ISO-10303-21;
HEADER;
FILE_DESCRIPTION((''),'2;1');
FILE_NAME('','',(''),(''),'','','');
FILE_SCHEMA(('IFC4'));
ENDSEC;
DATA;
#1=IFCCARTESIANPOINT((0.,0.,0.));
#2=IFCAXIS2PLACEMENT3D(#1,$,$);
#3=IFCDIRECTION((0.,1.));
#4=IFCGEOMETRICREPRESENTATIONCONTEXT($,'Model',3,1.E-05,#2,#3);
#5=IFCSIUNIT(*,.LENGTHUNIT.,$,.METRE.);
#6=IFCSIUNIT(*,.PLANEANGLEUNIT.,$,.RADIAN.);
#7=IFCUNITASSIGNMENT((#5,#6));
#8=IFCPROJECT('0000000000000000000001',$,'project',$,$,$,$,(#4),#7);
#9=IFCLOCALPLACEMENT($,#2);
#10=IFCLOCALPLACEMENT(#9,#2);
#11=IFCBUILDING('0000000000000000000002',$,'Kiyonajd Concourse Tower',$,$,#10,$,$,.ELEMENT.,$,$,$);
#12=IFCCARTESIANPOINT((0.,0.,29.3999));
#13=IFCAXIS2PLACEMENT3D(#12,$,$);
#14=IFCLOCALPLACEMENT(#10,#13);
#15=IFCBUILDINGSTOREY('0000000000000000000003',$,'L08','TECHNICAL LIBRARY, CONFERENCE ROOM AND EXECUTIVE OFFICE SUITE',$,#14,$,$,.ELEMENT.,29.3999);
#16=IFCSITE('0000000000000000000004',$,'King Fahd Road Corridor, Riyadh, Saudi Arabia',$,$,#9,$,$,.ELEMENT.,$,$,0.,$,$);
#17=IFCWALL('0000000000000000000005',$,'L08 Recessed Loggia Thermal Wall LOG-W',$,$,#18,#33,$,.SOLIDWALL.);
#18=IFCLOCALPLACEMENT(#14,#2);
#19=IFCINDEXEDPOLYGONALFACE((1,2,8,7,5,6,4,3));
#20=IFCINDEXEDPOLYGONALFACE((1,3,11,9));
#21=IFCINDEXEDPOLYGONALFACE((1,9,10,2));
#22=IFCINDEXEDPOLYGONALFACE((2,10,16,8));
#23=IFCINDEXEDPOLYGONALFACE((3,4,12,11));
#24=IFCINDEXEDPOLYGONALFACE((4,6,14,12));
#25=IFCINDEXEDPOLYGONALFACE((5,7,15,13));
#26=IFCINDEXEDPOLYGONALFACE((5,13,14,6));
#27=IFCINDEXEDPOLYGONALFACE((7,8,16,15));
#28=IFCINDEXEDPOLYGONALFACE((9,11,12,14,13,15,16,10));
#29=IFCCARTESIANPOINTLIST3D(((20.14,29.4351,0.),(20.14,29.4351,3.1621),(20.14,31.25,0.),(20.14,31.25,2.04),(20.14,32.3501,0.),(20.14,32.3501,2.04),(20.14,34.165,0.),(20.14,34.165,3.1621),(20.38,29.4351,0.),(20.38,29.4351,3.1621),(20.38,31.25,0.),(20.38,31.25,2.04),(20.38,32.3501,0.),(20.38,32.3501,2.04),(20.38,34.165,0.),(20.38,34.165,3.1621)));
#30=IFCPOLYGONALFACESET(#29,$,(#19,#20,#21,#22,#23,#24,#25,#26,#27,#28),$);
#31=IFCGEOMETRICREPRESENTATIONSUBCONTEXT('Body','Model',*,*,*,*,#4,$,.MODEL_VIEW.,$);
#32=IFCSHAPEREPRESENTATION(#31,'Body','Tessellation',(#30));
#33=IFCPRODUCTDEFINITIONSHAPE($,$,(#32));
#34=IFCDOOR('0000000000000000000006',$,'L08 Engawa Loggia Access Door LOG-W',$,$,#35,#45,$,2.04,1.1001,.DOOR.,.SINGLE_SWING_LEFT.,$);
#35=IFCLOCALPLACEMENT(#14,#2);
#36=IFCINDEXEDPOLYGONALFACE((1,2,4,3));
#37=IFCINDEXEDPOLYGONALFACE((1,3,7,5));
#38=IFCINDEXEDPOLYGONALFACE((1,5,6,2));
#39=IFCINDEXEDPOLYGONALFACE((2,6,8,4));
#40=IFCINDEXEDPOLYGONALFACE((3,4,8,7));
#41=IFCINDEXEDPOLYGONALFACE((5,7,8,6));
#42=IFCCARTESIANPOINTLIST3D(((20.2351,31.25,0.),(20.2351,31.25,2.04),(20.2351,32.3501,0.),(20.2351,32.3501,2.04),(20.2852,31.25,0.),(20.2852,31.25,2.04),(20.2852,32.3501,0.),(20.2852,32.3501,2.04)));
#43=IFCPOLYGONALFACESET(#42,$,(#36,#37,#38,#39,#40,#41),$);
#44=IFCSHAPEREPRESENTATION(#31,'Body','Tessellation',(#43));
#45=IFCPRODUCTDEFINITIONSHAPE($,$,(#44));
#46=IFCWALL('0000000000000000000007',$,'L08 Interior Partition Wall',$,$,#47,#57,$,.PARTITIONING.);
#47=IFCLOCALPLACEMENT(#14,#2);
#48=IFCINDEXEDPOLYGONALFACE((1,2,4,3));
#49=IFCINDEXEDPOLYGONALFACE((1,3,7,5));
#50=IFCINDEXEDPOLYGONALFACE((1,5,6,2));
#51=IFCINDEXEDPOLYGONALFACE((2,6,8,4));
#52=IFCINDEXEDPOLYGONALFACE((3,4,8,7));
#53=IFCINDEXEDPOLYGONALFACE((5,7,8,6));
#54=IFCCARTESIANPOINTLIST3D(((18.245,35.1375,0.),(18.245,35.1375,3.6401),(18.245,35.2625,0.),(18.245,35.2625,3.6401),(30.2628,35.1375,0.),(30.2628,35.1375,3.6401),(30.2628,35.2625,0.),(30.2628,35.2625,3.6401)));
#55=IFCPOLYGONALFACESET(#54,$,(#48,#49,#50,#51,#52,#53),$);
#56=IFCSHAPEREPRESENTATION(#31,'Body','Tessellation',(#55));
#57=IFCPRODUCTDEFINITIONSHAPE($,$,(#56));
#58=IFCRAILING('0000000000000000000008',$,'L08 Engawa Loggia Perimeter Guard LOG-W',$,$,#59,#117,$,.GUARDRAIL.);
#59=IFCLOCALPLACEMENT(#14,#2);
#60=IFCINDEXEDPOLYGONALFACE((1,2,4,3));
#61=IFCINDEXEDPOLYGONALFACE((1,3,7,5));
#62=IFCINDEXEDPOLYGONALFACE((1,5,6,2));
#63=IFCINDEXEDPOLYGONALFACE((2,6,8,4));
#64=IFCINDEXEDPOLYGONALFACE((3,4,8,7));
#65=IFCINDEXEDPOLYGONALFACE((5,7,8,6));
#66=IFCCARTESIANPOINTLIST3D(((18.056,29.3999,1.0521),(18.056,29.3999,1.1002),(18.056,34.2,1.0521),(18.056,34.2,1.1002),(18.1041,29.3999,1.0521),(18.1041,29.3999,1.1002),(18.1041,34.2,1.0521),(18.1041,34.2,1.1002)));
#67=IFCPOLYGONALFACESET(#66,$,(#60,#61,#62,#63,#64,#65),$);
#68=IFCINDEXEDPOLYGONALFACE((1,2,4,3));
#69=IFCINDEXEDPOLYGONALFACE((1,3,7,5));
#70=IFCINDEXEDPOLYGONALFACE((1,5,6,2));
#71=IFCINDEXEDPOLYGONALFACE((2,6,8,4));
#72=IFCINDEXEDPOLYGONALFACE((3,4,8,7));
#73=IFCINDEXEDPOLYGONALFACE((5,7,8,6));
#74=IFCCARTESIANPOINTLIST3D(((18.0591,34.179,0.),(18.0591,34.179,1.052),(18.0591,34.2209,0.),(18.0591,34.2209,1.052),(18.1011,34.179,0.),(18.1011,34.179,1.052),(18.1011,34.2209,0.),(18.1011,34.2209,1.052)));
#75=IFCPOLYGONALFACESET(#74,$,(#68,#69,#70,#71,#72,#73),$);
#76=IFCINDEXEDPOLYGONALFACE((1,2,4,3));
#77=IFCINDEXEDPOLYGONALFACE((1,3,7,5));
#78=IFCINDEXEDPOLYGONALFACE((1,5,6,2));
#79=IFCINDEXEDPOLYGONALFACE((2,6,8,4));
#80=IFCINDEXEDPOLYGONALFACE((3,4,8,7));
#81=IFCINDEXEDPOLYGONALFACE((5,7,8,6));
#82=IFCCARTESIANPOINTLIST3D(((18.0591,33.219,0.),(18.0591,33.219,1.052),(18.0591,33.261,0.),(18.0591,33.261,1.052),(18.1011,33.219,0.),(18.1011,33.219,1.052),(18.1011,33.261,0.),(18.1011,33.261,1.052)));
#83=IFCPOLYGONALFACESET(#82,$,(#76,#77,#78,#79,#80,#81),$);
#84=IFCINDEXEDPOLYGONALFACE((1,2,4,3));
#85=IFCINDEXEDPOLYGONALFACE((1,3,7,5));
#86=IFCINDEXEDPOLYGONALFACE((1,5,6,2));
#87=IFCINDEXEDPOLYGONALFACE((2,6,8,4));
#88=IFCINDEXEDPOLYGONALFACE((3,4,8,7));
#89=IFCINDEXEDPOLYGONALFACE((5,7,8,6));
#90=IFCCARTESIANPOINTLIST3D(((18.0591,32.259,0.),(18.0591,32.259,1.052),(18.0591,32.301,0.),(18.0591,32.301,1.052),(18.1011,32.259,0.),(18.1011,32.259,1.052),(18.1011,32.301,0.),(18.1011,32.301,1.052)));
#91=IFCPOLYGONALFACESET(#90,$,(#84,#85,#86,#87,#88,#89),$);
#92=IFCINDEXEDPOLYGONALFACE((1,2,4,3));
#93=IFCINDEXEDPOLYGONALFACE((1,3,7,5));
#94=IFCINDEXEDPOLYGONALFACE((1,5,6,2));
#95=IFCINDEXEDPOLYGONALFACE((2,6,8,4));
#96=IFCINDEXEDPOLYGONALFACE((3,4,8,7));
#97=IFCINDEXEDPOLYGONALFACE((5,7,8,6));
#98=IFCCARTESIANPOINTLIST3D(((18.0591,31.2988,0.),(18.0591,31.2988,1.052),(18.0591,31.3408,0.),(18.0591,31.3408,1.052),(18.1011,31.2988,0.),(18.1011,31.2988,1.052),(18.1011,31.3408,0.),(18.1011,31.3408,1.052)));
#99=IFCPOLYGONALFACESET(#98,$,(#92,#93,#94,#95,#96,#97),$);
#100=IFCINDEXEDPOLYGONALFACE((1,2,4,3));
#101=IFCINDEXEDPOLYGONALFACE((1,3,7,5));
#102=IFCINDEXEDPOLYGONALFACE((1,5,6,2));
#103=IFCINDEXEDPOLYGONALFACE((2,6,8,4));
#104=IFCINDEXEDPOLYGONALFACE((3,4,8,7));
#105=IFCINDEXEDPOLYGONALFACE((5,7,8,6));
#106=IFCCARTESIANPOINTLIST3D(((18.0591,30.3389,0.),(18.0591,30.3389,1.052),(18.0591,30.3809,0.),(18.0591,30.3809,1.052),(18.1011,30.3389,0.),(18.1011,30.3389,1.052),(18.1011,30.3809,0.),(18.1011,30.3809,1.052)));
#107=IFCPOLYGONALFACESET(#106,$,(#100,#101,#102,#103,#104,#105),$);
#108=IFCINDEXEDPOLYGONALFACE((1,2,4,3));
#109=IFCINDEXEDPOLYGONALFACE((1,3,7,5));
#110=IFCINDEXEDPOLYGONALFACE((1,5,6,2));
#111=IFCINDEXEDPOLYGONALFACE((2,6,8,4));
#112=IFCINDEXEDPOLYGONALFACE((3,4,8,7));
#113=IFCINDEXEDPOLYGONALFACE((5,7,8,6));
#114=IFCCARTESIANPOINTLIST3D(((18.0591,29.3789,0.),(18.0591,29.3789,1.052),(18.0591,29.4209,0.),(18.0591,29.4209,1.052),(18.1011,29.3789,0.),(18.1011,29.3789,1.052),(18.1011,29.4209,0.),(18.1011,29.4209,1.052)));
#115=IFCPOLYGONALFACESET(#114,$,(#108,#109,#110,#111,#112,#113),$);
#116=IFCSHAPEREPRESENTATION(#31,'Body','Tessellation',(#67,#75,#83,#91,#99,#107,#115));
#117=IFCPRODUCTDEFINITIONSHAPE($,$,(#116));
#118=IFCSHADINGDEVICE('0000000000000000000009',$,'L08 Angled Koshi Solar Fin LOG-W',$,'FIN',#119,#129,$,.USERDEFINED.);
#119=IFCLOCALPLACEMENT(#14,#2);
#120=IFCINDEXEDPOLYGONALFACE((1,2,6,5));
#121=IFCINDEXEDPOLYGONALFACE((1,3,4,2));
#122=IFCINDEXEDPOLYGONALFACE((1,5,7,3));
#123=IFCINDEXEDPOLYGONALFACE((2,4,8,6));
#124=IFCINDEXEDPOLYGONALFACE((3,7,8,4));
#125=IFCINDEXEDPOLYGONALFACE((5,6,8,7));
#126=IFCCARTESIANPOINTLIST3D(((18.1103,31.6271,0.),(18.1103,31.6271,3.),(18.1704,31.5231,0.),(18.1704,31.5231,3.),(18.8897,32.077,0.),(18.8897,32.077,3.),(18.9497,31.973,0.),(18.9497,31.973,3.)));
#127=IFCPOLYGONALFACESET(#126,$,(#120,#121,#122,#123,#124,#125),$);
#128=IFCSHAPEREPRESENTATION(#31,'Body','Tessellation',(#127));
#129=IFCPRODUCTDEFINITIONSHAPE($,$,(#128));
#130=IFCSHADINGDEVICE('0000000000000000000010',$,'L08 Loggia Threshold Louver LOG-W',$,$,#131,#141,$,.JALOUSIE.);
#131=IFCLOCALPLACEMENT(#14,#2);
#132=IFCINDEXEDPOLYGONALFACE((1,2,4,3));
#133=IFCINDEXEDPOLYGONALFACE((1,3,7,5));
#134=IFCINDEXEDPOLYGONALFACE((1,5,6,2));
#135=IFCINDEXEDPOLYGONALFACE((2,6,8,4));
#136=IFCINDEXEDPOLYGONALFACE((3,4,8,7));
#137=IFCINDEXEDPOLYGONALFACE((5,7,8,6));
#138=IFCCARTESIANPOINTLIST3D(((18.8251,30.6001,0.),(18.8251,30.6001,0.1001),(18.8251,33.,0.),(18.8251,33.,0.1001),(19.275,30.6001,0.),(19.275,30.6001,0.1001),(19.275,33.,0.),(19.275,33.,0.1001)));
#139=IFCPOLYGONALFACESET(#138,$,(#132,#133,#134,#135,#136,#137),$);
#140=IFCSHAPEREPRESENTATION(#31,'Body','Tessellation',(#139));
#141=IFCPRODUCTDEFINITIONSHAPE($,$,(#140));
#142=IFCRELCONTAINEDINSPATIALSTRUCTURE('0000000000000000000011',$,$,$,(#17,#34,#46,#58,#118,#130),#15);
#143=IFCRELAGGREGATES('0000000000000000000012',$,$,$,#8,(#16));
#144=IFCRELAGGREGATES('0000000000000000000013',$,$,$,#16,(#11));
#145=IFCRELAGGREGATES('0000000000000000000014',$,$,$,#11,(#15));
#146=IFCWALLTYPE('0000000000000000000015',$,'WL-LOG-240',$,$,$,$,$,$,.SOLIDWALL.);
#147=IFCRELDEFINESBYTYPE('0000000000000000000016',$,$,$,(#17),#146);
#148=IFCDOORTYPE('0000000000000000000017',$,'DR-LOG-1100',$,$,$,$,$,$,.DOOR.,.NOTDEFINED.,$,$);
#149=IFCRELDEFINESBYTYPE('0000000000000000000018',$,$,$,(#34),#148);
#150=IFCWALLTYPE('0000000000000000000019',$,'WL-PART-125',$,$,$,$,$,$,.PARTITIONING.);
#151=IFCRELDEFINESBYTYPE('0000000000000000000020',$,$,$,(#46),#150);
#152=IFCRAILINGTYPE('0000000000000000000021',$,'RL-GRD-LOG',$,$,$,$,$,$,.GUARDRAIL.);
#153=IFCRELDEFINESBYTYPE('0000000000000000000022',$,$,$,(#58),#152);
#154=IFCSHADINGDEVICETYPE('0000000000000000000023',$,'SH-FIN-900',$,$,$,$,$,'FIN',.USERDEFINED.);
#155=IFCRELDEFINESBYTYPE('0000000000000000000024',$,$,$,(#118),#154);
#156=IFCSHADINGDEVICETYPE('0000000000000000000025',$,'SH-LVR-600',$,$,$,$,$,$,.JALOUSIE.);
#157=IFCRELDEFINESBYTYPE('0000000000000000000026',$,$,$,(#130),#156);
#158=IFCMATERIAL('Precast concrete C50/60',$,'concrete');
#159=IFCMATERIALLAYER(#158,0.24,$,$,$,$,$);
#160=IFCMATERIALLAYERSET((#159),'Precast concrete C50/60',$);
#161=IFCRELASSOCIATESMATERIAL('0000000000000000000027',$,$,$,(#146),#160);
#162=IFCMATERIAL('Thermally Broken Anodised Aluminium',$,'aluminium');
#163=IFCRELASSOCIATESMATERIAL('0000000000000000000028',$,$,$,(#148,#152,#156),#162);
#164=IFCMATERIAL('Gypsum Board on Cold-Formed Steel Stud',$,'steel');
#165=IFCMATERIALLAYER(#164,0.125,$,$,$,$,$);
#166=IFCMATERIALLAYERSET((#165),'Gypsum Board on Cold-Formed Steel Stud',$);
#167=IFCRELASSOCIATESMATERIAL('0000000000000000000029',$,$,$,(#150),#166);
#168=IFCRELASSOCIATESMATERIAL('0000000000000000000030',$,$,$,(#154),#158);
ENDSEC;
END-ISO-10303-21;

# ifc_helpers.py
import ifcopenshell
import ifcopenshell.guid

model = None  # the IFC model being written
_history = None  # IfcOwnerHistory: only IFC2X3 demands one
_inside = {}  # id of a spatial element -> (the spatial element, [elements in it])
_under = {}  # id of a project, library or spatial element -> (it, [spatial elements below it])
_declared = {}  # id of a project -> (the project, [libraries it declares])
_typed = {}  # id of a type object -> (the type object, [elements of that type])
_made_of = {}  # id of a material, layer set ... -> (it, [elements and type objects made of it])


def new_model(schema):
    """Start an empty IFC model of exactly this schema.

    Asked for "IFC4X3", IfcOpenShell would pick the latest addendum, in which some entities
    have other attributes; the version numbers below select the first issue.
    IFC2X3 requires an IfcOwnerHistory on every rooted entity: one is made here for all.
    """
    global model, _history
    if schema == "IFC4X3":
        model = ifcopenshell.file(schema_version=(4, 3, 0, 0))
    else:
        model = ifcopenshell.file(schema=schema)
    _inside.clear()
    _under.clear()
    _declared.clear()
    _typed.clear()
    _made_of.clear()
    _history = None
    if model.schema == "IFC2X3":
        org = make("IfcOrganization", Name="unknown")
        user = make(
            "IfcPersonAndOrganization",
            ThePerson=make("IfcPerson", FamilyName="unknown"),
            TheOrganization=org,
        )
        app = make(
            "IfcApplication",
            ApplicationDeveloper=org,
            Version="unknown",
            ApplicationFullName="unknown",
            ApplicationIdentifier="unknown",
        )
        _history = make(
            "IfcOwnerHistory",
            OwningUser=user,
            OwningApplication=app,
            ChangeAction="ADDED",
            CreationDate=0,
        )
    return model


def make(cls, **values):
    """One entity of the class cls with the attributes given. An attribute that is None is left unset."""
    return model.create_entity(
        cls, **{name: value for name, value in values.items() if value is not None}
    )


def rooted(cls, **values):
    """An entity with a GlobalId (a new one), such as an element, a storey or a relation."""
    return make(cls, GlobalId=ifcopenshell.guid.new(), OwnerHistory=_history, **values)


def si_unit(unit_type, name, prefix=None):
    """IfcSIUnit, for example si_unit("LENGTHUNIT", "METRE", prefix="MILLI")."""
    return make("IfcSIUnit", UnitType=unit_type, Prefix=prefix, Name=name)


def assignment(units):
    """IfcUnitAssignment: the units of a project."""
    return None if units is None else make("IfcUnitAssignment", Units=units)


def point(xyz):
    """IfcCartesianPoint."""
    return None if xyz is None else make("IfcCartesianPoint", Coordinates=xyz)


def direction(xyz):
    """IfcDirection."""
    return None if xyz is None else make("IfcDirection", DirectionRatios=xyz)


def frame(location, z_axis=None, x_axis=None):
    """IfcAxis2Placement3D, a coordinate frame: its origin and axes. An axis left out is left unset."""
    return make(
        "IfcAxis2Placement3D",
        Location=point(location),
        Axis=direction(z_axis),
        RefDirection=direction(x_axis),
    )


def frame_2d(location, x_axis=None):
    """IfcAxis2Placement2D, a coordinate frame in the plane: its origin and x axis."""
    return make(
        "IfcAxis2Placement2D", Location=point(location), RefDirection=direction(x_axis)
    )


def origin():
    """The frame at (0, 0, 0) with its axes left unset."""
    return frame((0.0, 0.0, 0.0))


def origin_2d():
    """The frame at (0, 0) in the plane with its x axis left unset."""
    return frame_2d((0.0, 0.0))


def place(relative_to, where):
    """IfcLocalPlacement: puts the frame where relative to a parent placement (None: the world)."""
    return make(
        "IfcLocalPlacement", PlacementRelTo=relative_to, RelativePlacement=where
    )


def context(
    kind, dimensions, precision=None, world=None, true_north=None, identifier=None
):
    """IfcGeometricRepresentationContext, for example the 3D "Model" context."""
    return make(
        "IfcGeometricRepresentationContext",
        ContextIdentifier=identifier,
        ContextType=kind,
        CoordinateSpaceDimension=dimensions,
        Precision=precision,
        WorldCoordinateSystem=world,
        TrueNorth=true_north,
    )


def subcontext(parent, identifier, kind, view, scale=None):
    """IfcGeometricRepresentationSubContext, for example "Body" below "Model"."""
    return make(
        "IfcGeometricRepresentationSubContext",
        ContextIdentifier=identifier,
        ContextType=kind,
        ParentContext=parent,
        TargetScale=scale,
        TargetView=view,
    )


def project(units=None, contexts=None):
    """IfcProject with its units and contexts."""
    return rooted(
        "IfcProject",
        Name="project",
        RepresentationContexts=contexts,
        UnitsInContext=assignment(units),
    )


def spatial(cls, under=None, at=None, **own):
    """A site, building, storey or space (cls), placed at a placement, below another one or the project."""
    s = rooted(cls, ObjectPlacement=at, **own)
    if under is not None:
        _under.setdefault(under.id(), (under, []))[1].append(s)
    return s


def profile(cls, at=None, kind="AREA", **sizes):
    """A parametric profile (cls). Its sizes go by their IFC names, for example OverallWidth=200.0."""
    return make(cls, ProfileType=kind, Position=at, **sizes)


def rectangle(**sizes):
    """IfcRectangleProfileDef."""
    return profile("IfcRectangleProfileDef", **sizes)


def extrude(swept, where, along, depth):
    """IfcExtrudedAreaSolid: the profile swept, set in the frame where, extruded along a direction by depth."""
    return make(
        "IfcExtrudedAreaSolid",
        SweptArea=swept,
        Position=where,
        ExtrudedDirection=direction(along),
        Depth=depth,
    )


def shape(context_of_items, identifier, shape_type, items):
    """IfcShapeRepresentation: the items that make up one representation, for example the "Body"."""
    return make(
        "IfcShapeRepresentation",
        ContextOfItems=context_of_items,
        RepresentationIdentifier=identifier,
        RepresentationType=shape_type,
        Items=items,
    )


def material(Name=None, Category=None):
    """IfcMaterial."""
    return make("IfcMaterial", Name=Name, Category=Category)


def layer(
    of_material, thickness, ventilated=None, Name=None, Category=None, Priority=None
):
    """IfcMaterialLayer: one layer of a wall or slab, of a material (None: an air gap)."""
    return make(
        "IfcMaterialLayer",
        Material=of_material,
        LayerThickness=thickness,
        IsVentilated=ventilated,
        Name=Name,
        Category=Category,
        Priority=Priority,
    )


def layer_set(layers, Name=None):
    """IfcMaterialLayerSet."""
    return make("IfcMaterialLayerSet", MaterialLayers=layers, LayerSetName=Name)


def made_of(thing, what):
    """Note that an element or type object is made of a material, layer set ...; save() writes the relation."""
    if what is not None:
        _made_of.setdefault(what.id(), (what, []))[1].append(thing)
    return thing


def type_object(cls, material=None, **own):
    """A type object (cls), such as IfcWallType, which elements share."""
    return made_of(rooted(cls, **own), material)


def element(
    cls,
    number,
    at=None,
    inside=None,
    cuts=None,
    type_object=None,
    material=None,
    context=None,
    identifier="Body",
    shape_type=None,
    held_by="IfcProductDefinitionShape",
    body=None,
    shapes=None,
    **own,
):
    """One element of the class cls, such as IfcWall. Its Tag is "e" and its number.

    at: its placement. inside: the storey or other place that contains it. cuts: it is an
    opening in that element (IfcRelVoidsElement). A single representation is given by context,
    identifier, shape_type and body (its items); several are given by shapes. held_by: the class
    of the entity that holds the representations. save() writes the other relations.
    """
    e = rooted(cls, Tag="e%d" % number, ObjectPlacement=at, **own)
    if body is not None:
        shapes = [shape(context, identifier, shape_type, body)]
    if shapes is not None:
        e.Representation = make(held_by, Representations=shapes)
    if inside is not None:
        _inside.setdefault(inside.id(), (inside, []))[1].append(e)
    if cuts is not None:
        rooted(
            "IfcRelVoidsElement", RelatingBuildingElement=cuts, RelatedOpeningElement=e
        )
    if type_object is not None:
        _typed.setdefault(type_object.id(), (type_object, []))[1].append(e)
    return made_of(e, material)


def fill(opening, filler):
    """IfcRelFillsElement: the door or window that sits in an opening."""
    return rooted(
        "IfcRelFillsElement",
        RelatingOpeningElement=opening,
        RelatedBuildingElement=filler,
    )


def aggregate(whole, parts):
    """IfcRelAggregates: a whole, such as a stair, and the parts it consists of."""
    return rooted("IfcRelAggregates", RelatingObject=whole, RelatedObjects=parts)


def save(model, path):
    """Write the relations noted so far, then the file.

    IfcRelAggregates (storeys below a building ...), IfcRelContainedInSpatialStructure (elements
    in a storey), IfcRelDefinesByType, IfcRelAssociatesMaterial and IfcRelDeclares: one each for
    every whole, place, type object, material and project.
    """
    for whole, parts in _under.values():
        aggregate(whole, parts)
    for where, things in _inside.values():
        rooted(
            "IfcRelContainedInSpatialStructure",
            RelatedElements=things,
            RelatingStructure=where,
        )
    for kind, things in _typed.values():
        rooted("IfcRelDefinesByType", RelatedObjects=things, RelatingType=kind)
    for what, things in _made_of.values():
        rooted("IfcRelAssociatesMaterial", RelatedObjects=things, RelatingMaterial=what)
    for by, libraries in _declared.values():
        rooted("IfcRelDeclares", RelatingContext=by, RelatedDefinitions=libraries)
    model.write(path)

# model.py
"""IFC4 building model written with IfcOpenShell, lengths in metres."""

from ifc_helpers import new_model, si_unit, direction, frame, frame_2d, origin, origin_2d, place, context, subcontext, project, spatial, rectangle, extrude, material, layer, layer_set, type_object, element, fill, save


model = new_model("IFC4")

# Units and contexts
model_context = context("Model", 3, precision=1e-05, world=origin(), true_north=direction((0.0, 1.0)))
body_context = subcontext(model_context, "Body", "Model", "MODEL_VIEW")
ifc_project = project(units=[si_unit("LENGTHUNIT", "METRE"), si_unit("PLANEANGLEUNIT", "RADIAN")], contexts=[model_context])

# Site, building, storey
site_placement = place(None, origin())
site = spatial("IfcSite", under=ifc_project, at=site_placement, Name="King Fahd Road Corridor, Riyadh, Saudi Arabia", CompositionType="ELEMENT", RefElevation=0.0)
building_placement = place(site_placement, origin())
building = spatial("IfcBuilding", under=site, at=building_placement, Name="Kiyonajd Concourse Tower", CompositionType="ELEMENT")
storey_placement = place(building_placement, frame((0.0, 0.0, 29.3999)))
storey = spatial("IfcBuildingStorey", under=building, at=storey_placement, Name="L08", Description="TECHNICAL LIBRARY, CONFERENCE ROOM AND EXECUTIVE OFFICE SUITE", CompositionType="ELEMENT", Elevation=29.3999)

# Shared definitions
ifc_material_1 = material(Name="Precast concrete C50/60", Category="concrete")

# Shared definitions
ifc_material_2 = material(Name="Thermally Broken Anodised Aluminium", Category="aluminium")

# Wall, opening, door
ifc_layer_1 = layer(ifc_material_1, 0.24)
ifc_layer_set_1 = layer_set([ifc_layer_1], Name="Precast concrete C50/60")
wall_type_1 = type_object("IfcWallType", Name="WL-LOG-240", PredefinedType="SOLIDWALL", material=ifc_layer_set_1)
wall_1_placement = place(storey_placement, frame((20.26, 29.4351, 0.0), z_axis=(0.0, 0.0, 1.0), x_axis=(0.0, 1.0, 0.0)))
wall_1 = element("IfcWall", 1, at=wall_1_placement, inside=storey, type_object=wall_type_1, Name="L08 Recessed Loggia Thermal Wall LOG-W", PredefinedType="SOLIDWALL", context=body_context, shape_type="SweptSolid", body=[
    extrude(rectangle(XDim=4.73, YDim=0.24, at=frame_2d((2.365, 0.0))), origin(), (0.0, 0.0, 1.0), 3.1621),
])
opening_placement = place(wall_1_placement, frame((1.8149, 0.0, 0.0)))
opening = element("IfcOpeningElement", 2, at=opening_placement, cuts=wall_1, PredefinedType="OPENING", context=body_context, shape_type="SweptSolid", body=[
    extrude(rectangle(XDim=1.1001, YDim=2.04, at=frame_2d((0.55, 1.02))), frame((0.0, 0.1299, 0.0), z_axis=(0.0, -1.0, 0.0), x_axis=(1.0, 0.0, 0.0)), (0.0, 0.0, 1.0), 0.26),
])
door_type = type_object("IfcDoorType", Name="DR-LOG-1100", OperationType="NOTDEFINED", PredefinedType="DOOR", material=ifc_material_2)
door_placement = place(opening_placement, origin())
door = element("IfcDoor", 3, at=door_placement, inside=storey, type_object=door_type, Name="L08 Engawa Loggia Access Door LOG-W", OperationType="SINGLE_SWING_LEFT", OverallHeight=2.04, OverallWidth=1.1001, PredefinedType="DOOR", context=body_context, shape_type="SweptSolid", body=[
    extrude(rectangle(XDim=1.1001, YDim=2.04, at=frame_2d((0.55, 1.02))), frame((0.0, 0.0249, 0.0), z_axis=(0.0, -1.0, 0.0), x_axis=(1.0, 0.0, 0.0)), (0.0, 0.0, 1.0), 0.05),
])
fill(opening, door)

# Wall
ifc_material_3 = material(Name="Gypsum Board on Cold-Formed Steel Stud", Category="steel")
ifc_layer_2 = layer(ifc_material_3, 0.125)
ifc_layer_set_2 = layer_set([ifc_layer_2], Name="Gypsum Board on Cold-Formed Steel Stud")
wall_type_2 = type_object("IfcWallType", Name="WL-PART-125", PredefinedType="PARTITIONING", material=ifc_layer_set_2)
wall_2_placement = place(storey_placement, frame((18.2451, 35.2, 0.0), z_axis=(0.0, 0.0, 1.0), x_axis=(1.0, 0.0, 0.0)))
element("IfcWall", 4, at=wall_2_placement, inside=storey, type_object=wall_type_2, Name="L08 Interior Partition Wall", PredefinedType="PARTITIONING", context=body_context, shape_type="SweptSolid", body=[
    extrude(rectangle(XDim=12.0178, YDim=0.125, at=frame_2d((6.0088, 0.0))), origin(), (0.0, 0.0, 1.0), 3.6401),
])

# Railing
railing_type = type_object("IfcRailingType", Name="RL-GRD-LOG", PredefinedType="GUARDRAIL", material=ifc_material_2)
railing_placement = place(storey_placement, frame((18.0801, 34.2, 0.0)))
element("IfcRailing", 5, at=railing_placement, inside=storey, type_object=railing_type, Name="L08 Engawa Loggia Perimeter Guard LOG-W", PredefinedType="GUARDRAIL", context=body_context, shape_type="SweptSolid", body=[
    extrude(rectangle(XDim=0.0481, YDim=0.0481, at=origin_2d()), frame((0.0, 0.0, 1.0762), z_axis=(0.0, -1.0, 0.0), x_axis=(1.0, 0.0, 0.0)), (0.0, 0.0, 1.0), 4.8),
    extrude(rectangle(XDim=0.042, YDim=0.042, at=origin_2d()), origin(), (0.0, 0.0, 1.0), 1.052),
    extrude(rectangle(XDim=0.042, YDim=0.042, at=origin_2d()), frame((0.0, -0.96, 0.0)), (0.0, 0.0, 1.0), 1.052),
    extrude(rectangle(XDim=0.042, YDim=0.042, at=origin_2d()), frame((0.0, -1.9199, 0.0)), (0.0, 0.0, 1.0), 1.052),
    extrude(rectangle(XDim=0.042, YDim=0.042, at=origin_2d()), frame((0.0, -2.8801, 0.0)), (0.0, 0.0, 1.0), 1.052),
    extrude(rectangle(XDim=0.042, YDim=0.042, at=origin_2d()), frame((0.0, -3.8401, 0.0)), (0.0, 0.0, 1.0), 1.052),
    extrude(rectangle(XDim=0.042, YDim=0.042, at=origin_2d()), frame((0.0, -4.8, 0.0)), (0.0, 0.0, 1.0), 1.052),
])

# Shading devices
shading_device_type_1 = type_object("IfcShadingDeviceType", Name="SH-FIN-900", ElementType="FIN", PredefinedType="USERDEFINED", material=ifc_material_1)
shading_device_1_placement = place(storey_placement, frame((18.53, 31.8, 0.0), z_axis=(0.0, 0.0, 1.0), x_axis=(0.866025, 0.5, 0.0)))
element("IfcShadingDevice", 6, at=shading_device_1_placement, inside=storey, type_object=shading_device_type_1, Name="L08 Angled Koshi Solar Fin LOG-W", ObjectType="FIN", PredefinedType="USERDEFINED", context=body_context, shape_type="SweptSolid", body=[
    extrude(rectangle(XDim=0.8999, YDim=0.1201, at=origin_2d()), origin(), (0.0, 0.0, 1.0), 3.0),
])
shading_device_type_2 = type_object("IfcShadingDeviceType", Name="SH-LVR-600", PredefinedType="JALOUSIE", material=ifc_material_2)
shading_device_2_placement = place(storey_placement, frame((19.05, 31.8, 0.0), z_axis=(0.0, 0.0, 1.0), x_axis=(0.0, 1.0, 0.0)))
element("IfcShadingDevice", 7, at=shading_device_2_placement, inside=storey, type_object=shading_device_type_2, Name="L08 Loggia Threshold Louver LOG-W", PredefinedType="JALOUSIE", context=body_context, shape_type="SweptSolid", body=[
    extrude(rectangle(XDim=2.3999, YDim=0.45, at=origin_2d()), origin(), (0.0, 0.0, 1.0), 0.1001),
])

save(model, "model.ifc")
